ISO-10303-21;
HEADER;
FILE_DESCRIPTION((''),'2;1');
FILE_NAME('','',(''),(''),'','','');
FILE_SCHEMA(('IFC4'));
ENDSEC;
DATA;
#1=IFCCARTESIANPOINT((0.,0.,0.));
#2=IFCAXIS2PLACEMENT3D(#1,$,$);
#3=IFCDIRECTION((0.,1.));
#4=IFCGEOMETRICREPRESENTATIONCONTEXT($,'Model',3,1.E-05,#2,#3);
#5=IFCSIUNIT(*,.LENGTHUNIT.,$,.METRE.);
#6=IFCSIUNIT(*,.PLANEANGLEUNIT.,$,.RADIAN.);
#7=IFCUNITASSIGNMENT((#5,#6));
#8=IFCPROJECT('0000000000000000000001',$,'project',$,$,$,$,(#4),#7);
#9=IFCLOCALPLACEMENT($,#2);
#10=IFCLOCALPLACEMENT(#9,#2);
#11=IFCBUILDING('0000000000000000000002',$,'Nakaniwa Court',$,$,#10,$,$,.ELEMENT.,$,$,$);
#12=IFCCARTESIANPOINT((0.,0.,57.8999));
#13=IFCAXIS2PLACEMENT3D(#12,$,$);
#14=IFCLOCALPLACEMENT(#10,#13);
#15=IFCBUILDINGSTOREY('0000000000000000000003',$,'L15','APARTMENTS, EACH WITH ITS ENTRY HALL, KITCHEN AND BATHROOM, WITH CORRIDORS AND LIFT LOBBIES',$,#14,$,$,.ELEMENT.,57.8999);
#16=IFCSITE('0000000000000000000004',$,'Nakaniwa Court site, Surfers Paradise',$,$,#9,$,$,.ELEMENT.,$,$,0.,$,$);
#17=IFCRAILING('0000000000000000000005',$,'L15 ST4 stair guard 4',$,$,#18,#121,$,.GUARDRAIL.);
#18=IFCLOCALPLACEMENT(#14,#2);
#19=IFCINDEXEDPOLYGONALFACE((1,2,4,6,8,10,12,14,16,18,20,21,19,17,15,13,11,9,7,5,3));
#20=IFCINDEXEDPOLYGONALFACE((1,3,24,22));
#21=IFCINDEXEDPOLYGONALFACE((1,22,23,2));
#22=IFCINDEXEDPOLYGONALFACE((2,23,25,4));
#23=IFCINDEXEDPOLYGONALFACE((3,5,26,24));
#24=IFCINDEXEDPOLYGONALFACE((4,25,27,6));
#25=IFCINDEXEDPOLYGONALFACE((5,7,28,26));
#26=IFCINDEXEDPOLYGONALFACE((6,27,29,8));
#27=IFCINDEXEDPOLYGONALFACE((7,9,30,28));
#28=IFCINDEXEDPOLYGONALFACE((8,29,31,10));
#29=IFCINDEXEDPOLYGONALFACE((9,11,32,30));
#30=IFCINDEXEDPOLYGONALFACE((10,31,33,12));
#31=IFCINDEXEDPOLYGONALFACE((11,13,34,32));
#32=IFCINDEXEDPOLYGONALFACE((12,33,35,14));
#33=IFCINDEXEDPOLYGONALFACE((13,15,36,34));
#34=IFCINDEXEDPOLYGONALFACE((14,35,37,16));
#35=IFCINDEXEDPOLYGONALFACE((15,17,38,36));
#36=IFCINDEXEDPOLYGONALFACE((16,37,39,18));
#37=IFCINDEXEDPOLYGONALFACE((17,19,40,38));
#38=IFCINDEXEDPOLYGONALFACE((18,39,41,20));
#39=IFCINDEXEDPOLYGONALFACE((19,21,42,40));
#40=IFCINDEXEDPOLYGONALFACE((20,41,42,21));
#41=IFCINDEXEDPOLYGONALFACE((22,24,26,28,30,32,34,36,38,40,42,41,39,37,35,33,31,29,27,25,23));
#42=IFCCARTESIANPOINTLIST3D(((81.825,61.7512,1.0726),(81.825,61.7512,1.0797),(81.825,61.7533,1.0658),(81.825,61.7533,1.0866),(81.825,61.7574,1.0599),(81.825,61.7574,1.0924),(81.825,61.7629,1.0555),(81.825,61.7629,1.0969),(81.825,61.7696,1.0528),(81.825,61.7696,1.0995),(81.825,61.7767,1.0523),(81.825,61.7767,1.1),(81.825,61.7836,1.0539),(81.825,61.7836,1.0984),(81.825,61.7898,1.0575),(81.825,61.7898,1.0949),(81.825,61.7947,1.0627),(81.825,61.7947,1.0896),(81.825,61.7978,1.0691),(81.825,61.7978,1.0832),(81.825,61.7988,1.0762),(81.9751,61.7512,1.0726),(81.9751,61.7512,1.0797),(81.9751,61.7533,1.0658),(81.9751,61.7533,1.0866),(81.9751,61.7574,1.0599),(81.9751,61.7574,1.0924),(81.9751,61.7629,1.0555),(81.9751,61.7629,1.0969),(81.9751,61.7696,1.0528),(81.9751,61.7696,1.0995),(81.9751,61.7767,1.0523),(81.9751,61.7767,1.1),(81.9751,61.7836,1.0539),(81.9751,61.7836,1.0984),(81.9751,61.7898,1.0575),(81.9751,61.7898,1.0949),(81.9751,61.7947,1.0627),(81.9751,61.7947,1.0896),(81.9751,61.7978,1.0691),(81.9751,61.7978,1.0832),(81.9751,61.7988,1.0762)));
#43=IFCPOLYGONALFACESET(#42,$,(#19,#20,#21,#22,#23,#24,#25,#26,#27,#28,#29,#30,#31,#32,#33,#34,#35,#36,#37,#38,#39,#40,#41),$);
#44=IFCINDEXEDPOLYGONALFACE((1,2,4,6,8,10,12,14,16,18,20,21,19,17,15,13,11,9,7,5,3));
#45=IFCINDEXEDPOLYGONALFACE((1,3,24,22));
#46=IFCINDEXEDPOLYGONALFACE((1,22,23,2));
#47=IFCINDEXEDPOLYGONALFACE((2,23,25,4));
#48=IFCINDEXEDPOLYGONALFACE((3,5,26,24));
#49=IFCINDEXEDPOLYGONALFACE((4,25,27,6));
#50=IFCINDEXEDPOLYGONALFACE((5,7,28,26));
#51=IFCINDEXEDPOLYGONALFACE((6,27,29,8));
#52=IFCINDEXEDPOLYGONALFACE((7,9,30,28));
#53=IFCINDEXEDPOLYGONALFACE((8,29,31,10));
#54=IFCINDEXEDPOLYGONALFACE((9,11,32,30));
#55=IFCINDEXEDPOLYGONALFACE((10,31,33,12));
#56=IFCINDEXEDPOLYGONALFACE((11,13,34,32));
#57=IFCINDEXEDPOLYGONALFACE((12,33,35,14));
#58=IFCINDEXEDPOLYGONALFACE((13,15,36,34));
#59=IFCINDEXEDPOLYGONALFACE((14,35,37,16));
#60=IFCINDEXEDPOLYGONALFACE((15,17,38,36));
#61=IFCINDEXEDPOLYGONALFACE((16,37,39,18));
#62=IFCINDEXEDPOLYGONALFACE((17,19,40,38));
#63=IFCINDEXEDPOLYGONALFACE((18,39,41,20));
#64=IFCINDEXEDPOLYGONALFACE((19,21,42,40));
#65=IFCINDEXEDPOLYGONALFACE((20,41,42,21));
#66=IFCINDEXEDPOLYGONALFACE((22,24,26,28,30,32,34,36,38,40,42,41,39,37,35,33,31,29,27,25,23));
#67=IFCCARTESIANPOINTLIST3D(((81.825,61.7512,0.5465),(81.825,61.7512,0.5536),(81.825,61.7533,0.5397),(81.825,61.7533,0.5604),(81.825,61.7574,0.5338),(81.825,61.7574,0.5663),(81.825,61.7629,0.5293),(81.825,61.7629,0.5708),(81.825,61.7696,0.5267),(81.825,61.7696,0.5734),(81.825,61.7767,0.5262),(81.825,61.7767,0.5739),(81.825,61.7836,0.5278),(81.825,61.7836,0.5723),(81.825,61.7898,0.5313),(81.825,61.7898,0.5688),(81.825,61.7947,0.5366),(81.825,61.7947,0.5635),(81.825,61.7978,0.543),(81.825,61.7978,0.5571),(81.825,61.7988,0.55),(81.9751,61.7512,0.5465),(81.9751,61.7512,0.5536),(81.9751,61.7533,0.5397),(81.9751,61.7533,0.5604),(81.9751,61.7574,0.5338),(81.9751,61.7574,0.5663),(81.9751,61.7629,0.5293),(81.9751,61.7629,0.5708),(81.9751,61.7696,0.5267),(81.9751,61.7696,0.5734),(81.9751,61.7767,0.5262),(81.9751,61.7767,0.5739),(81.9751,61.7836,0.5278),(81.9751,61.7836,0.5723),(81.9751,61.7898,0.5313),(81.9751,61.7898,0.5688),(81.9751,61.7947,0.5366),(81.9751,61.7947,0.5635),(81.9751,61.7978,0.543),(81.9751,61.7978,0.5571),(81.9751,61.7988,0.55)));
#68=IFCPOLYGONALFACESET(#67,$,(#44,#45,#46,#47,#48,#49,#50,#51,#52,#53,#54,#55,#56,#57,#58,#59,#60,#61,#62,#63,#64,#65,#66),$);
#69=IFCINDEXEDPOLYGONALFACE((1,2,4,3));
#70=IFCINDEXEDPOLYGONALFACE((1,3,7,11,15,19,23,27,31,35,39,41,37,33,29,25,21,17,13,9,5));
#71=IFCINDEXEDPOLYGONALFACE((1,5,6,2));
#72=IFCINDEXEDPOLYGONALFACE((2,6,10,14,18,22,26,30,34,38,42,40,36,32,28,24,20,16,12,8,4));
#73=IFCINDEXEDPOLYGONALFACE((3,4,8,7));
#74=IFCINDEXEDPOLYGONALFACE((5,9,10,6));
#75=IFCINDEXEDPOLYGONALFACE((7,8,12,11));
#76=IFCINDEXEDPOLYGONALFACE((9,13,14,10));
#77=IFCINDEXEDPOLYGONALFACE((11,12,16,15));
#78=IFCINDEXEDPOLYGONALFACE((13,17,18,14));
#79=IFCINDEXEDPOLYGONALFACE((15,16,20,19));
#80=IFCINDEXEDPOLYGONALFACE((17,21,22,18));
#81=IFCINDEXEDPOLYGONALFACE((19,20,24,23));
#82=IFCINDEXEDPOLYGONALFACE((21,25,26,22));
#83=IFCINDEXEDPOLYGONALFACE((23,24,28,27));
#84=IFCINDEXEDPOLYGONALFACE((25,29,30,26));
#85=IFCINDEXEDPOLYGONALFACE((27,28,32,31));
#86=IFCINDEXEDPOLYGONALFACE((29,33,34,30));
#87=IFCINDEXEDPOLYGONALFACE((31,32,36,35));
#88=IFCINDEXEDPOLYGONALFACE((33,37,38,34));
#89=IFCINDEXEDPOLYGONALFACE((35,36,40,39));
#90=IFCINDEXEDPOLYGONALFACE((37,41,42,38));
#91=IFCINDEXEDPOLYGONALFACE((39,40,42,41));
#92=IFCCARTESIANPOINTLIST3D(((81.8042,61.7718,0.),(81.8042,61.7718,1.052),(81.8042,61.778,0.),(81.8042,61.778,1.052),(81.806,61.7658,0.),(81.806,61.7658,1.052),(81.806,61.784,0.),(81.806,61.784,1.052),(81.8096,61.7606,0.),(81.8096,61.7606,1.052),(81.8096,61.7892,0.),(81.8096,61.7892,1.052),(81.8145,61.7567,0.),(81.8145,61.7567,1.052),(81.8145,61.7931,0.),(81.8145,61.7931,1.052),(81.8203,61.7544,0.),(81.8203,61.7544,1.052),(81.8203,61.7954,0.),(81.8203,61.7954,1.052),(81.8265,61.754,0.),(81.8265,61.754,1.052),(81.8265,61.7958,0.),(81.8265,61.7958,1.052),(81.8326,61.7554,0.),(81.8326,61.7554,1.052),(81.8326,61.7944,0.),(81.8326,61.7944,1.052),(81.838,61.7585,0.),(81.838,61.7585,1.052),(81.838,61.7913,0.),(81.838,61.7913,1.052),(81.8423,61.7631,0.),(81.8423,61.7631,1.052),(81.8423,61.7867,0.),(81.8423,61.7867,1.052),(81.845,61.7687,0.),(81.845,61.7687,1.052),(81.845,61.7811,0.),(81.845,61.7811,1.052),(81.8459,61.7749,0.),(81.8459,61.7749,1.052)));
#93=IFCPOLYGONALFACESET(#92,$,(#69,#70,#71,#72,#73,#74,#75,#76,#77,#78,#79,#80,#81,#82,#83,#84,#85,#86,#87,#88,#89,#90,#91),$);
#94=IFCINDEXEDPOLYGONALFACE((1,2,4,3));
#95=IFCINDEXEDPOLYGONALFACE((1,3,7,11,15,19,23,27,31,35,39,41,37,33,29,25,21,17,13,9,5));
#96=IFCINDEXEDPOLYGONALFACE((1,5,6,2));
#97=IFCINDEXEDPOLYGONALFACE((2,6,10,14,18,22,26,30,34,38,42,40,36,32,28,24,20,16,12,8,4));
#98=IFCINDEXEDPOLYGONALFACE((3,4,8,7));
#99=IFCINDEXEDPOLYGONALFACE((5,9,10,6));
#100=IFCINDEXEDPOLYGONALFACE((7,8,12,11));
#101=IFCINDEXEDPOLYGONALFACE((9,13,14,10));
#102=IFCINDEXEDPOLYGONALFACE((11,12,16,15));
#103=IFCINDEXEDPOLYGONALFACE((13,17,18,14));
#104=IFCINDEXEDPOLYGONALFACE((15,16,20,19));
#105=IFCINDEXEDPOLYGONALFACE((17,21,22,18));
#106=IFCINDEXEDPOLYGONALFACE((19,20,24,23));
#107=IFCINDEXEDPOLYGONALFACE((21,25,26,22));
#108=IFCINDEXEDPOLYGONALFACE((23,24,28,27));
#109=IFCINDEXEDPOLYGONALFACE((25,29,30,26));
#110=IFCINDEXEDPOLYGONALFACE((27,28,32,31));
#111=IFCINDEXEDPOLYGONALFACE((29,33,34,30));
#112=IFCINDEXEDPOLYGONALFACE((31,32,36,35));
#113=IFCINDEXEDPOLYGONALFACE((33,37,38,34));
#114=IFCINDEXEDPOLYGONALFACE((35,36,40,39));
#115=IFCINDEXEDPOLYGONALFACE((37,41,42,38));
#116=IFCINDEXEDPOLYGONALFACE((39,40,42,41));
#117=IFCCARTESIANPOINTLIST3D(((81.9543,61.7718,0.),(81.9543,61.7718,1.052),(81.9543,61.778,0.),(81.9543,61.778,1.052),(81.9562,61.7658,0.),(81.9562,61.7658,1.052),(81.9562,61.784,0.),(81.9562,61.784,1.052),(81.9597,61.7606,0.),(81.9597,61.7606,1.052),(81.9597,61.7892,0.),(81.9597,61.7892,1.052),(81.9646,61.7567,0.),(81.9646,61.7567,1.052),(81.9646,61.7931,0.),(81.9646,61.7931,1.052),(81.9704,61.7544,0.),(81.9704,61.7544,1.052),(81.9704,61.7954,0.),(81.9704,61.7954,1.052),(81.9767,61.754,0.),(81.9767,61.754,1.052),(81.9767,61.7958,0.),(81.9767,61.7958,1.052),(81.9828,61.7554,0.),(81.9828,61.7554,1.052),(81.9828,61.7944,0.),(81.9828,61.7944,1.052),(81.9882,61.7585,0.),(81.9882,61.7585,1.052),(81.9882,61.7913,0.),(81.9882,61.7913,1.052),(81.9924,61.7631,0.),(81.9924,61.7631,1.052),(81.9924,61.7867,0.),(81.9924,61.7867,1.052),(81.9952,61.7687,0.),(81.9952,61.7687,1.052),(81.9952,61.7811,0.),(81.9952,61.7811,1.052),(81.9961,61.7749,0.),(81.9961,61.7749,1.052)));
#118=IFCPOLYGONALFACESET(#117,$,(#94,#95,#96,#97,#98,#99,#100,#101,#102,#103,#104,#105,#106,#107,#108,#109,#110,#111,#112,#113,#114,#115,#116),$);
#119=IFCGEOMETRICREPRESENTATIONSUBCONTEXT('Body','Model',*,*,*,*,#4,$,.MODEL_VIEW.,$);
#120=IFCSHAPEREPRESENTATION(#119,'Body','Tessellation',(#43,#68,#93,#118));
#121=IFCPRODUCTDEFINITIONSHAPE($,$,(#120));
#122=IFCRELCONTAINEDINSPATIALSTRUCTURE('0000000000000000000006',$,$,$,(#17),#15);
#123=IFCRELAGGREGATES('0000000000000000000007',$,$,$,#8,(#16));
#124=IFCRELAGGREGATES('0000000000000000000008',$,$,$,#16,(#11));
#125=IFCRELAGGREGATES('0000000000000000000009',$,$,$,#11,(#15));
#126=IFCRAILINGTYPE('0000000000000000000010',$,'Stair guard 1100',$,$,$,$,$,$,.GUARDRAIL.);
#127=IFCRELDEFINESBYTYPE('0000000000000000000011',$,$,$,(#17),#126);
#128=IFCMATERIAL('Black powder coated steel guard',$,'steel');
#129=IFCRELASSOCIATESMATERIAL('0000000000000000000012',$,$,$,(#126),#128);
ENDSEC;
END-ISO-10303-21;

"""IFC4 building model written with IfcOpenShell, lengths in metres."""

from ifc_helpers import new_model, si_unit, direction, frame, origin, origin_2d, place, context, subcontext, project, spatial, circle, extrude, material, type_object, element, save


model = new_model("IFC4")

# Units and contexts
model_context = context("Model", 3, precision=1e-05, world=origin(), true_north=direction((0.0, 1.0)))
body_context = subcontext(model_context, "Body", "Model", "MODEL_VIEW")
ifc_project = project(units=[si_unit("LENGTHUNIT", "METRE"), si_unit("PLANEANGLEUNIT", "RADIAN")], contexts=[model_context])

# Site, building, storey
site_placement = place(None, origin())
site = spatial("IfcSite", under=ifc_project, at=site_placement, Name="Nakaniwa Court site, Surfers Paradise", CompositionType="ELEMENT", RefElevation=0.0)
building_placement = place(site_placement, origin())
building = spatial("IfcBuilding", under=site, at=building_placement, Name="Nakaniwa Court", CompositionType="ELEMENT")
storey_placement = place(building_placement, frame((0.0, 0.0, 57.8999)))
storey = spatial("IfcBuildingStorey", under=building, at=storey_placement, Name="L15", Description="APARTMENTS, EACH WITH ITS ENTRY HALL, KITCHEN AND BATHROOM, WITH CORRIDORS AND LIFT LOBBIES", CompositionType="ELEMENT", Elevation=57.8999)

# Railing
ifc_material_1 = material(Name="Black powder coated steel guard", Category="steel")
railing_type_1 = type_object("IfcRailingType", Name="Stair guard 1100", PredefinedType="GUARDRAIL", material=ifc_material_1)
railing_1_placement = place(storey_placement, frame((81.825, 61.7749, 0.0)))
element("IfcRailing", 1, at=railing_1_placement, inside=storey, type_object=railing_type_1, Name="L15 ST4 stair guard 4", PredefinedType="GUARDRAIL", context=body_context, shape_type="SweptSolid", body=[
    extrude(circle(Radius=0.0239, at=origin_2d()), frame((0.0, 0.0, 1.0762), z_axis=(1.0, 0.0, 0.0), x_axis=(0.0, 1.0, 0.0)), (0.0, 0.0, 1.0), 0.1501),
    extrude(circle(Radius=0.0239, at=origin_2d()), frame((0.0, 0.0, 0.55), z_axis=(1.0, 0.0, 0.0), x_axis=(0.0, 1.0, 0.0)), (0.0, 0.0, 1.0), 0.1501),
    extrude(circle(Radius=0.021, at=origin_2d()), origin(), (0.0, 0.0, 1.0), 1.052),
    extrude(circle(Radius=0.021, at=origin_2d()), frame((0.1501, 0.0, 0.0)), (0.0, 0.0, 1.0), 1.052),
])

save(model, "model.ifc")
